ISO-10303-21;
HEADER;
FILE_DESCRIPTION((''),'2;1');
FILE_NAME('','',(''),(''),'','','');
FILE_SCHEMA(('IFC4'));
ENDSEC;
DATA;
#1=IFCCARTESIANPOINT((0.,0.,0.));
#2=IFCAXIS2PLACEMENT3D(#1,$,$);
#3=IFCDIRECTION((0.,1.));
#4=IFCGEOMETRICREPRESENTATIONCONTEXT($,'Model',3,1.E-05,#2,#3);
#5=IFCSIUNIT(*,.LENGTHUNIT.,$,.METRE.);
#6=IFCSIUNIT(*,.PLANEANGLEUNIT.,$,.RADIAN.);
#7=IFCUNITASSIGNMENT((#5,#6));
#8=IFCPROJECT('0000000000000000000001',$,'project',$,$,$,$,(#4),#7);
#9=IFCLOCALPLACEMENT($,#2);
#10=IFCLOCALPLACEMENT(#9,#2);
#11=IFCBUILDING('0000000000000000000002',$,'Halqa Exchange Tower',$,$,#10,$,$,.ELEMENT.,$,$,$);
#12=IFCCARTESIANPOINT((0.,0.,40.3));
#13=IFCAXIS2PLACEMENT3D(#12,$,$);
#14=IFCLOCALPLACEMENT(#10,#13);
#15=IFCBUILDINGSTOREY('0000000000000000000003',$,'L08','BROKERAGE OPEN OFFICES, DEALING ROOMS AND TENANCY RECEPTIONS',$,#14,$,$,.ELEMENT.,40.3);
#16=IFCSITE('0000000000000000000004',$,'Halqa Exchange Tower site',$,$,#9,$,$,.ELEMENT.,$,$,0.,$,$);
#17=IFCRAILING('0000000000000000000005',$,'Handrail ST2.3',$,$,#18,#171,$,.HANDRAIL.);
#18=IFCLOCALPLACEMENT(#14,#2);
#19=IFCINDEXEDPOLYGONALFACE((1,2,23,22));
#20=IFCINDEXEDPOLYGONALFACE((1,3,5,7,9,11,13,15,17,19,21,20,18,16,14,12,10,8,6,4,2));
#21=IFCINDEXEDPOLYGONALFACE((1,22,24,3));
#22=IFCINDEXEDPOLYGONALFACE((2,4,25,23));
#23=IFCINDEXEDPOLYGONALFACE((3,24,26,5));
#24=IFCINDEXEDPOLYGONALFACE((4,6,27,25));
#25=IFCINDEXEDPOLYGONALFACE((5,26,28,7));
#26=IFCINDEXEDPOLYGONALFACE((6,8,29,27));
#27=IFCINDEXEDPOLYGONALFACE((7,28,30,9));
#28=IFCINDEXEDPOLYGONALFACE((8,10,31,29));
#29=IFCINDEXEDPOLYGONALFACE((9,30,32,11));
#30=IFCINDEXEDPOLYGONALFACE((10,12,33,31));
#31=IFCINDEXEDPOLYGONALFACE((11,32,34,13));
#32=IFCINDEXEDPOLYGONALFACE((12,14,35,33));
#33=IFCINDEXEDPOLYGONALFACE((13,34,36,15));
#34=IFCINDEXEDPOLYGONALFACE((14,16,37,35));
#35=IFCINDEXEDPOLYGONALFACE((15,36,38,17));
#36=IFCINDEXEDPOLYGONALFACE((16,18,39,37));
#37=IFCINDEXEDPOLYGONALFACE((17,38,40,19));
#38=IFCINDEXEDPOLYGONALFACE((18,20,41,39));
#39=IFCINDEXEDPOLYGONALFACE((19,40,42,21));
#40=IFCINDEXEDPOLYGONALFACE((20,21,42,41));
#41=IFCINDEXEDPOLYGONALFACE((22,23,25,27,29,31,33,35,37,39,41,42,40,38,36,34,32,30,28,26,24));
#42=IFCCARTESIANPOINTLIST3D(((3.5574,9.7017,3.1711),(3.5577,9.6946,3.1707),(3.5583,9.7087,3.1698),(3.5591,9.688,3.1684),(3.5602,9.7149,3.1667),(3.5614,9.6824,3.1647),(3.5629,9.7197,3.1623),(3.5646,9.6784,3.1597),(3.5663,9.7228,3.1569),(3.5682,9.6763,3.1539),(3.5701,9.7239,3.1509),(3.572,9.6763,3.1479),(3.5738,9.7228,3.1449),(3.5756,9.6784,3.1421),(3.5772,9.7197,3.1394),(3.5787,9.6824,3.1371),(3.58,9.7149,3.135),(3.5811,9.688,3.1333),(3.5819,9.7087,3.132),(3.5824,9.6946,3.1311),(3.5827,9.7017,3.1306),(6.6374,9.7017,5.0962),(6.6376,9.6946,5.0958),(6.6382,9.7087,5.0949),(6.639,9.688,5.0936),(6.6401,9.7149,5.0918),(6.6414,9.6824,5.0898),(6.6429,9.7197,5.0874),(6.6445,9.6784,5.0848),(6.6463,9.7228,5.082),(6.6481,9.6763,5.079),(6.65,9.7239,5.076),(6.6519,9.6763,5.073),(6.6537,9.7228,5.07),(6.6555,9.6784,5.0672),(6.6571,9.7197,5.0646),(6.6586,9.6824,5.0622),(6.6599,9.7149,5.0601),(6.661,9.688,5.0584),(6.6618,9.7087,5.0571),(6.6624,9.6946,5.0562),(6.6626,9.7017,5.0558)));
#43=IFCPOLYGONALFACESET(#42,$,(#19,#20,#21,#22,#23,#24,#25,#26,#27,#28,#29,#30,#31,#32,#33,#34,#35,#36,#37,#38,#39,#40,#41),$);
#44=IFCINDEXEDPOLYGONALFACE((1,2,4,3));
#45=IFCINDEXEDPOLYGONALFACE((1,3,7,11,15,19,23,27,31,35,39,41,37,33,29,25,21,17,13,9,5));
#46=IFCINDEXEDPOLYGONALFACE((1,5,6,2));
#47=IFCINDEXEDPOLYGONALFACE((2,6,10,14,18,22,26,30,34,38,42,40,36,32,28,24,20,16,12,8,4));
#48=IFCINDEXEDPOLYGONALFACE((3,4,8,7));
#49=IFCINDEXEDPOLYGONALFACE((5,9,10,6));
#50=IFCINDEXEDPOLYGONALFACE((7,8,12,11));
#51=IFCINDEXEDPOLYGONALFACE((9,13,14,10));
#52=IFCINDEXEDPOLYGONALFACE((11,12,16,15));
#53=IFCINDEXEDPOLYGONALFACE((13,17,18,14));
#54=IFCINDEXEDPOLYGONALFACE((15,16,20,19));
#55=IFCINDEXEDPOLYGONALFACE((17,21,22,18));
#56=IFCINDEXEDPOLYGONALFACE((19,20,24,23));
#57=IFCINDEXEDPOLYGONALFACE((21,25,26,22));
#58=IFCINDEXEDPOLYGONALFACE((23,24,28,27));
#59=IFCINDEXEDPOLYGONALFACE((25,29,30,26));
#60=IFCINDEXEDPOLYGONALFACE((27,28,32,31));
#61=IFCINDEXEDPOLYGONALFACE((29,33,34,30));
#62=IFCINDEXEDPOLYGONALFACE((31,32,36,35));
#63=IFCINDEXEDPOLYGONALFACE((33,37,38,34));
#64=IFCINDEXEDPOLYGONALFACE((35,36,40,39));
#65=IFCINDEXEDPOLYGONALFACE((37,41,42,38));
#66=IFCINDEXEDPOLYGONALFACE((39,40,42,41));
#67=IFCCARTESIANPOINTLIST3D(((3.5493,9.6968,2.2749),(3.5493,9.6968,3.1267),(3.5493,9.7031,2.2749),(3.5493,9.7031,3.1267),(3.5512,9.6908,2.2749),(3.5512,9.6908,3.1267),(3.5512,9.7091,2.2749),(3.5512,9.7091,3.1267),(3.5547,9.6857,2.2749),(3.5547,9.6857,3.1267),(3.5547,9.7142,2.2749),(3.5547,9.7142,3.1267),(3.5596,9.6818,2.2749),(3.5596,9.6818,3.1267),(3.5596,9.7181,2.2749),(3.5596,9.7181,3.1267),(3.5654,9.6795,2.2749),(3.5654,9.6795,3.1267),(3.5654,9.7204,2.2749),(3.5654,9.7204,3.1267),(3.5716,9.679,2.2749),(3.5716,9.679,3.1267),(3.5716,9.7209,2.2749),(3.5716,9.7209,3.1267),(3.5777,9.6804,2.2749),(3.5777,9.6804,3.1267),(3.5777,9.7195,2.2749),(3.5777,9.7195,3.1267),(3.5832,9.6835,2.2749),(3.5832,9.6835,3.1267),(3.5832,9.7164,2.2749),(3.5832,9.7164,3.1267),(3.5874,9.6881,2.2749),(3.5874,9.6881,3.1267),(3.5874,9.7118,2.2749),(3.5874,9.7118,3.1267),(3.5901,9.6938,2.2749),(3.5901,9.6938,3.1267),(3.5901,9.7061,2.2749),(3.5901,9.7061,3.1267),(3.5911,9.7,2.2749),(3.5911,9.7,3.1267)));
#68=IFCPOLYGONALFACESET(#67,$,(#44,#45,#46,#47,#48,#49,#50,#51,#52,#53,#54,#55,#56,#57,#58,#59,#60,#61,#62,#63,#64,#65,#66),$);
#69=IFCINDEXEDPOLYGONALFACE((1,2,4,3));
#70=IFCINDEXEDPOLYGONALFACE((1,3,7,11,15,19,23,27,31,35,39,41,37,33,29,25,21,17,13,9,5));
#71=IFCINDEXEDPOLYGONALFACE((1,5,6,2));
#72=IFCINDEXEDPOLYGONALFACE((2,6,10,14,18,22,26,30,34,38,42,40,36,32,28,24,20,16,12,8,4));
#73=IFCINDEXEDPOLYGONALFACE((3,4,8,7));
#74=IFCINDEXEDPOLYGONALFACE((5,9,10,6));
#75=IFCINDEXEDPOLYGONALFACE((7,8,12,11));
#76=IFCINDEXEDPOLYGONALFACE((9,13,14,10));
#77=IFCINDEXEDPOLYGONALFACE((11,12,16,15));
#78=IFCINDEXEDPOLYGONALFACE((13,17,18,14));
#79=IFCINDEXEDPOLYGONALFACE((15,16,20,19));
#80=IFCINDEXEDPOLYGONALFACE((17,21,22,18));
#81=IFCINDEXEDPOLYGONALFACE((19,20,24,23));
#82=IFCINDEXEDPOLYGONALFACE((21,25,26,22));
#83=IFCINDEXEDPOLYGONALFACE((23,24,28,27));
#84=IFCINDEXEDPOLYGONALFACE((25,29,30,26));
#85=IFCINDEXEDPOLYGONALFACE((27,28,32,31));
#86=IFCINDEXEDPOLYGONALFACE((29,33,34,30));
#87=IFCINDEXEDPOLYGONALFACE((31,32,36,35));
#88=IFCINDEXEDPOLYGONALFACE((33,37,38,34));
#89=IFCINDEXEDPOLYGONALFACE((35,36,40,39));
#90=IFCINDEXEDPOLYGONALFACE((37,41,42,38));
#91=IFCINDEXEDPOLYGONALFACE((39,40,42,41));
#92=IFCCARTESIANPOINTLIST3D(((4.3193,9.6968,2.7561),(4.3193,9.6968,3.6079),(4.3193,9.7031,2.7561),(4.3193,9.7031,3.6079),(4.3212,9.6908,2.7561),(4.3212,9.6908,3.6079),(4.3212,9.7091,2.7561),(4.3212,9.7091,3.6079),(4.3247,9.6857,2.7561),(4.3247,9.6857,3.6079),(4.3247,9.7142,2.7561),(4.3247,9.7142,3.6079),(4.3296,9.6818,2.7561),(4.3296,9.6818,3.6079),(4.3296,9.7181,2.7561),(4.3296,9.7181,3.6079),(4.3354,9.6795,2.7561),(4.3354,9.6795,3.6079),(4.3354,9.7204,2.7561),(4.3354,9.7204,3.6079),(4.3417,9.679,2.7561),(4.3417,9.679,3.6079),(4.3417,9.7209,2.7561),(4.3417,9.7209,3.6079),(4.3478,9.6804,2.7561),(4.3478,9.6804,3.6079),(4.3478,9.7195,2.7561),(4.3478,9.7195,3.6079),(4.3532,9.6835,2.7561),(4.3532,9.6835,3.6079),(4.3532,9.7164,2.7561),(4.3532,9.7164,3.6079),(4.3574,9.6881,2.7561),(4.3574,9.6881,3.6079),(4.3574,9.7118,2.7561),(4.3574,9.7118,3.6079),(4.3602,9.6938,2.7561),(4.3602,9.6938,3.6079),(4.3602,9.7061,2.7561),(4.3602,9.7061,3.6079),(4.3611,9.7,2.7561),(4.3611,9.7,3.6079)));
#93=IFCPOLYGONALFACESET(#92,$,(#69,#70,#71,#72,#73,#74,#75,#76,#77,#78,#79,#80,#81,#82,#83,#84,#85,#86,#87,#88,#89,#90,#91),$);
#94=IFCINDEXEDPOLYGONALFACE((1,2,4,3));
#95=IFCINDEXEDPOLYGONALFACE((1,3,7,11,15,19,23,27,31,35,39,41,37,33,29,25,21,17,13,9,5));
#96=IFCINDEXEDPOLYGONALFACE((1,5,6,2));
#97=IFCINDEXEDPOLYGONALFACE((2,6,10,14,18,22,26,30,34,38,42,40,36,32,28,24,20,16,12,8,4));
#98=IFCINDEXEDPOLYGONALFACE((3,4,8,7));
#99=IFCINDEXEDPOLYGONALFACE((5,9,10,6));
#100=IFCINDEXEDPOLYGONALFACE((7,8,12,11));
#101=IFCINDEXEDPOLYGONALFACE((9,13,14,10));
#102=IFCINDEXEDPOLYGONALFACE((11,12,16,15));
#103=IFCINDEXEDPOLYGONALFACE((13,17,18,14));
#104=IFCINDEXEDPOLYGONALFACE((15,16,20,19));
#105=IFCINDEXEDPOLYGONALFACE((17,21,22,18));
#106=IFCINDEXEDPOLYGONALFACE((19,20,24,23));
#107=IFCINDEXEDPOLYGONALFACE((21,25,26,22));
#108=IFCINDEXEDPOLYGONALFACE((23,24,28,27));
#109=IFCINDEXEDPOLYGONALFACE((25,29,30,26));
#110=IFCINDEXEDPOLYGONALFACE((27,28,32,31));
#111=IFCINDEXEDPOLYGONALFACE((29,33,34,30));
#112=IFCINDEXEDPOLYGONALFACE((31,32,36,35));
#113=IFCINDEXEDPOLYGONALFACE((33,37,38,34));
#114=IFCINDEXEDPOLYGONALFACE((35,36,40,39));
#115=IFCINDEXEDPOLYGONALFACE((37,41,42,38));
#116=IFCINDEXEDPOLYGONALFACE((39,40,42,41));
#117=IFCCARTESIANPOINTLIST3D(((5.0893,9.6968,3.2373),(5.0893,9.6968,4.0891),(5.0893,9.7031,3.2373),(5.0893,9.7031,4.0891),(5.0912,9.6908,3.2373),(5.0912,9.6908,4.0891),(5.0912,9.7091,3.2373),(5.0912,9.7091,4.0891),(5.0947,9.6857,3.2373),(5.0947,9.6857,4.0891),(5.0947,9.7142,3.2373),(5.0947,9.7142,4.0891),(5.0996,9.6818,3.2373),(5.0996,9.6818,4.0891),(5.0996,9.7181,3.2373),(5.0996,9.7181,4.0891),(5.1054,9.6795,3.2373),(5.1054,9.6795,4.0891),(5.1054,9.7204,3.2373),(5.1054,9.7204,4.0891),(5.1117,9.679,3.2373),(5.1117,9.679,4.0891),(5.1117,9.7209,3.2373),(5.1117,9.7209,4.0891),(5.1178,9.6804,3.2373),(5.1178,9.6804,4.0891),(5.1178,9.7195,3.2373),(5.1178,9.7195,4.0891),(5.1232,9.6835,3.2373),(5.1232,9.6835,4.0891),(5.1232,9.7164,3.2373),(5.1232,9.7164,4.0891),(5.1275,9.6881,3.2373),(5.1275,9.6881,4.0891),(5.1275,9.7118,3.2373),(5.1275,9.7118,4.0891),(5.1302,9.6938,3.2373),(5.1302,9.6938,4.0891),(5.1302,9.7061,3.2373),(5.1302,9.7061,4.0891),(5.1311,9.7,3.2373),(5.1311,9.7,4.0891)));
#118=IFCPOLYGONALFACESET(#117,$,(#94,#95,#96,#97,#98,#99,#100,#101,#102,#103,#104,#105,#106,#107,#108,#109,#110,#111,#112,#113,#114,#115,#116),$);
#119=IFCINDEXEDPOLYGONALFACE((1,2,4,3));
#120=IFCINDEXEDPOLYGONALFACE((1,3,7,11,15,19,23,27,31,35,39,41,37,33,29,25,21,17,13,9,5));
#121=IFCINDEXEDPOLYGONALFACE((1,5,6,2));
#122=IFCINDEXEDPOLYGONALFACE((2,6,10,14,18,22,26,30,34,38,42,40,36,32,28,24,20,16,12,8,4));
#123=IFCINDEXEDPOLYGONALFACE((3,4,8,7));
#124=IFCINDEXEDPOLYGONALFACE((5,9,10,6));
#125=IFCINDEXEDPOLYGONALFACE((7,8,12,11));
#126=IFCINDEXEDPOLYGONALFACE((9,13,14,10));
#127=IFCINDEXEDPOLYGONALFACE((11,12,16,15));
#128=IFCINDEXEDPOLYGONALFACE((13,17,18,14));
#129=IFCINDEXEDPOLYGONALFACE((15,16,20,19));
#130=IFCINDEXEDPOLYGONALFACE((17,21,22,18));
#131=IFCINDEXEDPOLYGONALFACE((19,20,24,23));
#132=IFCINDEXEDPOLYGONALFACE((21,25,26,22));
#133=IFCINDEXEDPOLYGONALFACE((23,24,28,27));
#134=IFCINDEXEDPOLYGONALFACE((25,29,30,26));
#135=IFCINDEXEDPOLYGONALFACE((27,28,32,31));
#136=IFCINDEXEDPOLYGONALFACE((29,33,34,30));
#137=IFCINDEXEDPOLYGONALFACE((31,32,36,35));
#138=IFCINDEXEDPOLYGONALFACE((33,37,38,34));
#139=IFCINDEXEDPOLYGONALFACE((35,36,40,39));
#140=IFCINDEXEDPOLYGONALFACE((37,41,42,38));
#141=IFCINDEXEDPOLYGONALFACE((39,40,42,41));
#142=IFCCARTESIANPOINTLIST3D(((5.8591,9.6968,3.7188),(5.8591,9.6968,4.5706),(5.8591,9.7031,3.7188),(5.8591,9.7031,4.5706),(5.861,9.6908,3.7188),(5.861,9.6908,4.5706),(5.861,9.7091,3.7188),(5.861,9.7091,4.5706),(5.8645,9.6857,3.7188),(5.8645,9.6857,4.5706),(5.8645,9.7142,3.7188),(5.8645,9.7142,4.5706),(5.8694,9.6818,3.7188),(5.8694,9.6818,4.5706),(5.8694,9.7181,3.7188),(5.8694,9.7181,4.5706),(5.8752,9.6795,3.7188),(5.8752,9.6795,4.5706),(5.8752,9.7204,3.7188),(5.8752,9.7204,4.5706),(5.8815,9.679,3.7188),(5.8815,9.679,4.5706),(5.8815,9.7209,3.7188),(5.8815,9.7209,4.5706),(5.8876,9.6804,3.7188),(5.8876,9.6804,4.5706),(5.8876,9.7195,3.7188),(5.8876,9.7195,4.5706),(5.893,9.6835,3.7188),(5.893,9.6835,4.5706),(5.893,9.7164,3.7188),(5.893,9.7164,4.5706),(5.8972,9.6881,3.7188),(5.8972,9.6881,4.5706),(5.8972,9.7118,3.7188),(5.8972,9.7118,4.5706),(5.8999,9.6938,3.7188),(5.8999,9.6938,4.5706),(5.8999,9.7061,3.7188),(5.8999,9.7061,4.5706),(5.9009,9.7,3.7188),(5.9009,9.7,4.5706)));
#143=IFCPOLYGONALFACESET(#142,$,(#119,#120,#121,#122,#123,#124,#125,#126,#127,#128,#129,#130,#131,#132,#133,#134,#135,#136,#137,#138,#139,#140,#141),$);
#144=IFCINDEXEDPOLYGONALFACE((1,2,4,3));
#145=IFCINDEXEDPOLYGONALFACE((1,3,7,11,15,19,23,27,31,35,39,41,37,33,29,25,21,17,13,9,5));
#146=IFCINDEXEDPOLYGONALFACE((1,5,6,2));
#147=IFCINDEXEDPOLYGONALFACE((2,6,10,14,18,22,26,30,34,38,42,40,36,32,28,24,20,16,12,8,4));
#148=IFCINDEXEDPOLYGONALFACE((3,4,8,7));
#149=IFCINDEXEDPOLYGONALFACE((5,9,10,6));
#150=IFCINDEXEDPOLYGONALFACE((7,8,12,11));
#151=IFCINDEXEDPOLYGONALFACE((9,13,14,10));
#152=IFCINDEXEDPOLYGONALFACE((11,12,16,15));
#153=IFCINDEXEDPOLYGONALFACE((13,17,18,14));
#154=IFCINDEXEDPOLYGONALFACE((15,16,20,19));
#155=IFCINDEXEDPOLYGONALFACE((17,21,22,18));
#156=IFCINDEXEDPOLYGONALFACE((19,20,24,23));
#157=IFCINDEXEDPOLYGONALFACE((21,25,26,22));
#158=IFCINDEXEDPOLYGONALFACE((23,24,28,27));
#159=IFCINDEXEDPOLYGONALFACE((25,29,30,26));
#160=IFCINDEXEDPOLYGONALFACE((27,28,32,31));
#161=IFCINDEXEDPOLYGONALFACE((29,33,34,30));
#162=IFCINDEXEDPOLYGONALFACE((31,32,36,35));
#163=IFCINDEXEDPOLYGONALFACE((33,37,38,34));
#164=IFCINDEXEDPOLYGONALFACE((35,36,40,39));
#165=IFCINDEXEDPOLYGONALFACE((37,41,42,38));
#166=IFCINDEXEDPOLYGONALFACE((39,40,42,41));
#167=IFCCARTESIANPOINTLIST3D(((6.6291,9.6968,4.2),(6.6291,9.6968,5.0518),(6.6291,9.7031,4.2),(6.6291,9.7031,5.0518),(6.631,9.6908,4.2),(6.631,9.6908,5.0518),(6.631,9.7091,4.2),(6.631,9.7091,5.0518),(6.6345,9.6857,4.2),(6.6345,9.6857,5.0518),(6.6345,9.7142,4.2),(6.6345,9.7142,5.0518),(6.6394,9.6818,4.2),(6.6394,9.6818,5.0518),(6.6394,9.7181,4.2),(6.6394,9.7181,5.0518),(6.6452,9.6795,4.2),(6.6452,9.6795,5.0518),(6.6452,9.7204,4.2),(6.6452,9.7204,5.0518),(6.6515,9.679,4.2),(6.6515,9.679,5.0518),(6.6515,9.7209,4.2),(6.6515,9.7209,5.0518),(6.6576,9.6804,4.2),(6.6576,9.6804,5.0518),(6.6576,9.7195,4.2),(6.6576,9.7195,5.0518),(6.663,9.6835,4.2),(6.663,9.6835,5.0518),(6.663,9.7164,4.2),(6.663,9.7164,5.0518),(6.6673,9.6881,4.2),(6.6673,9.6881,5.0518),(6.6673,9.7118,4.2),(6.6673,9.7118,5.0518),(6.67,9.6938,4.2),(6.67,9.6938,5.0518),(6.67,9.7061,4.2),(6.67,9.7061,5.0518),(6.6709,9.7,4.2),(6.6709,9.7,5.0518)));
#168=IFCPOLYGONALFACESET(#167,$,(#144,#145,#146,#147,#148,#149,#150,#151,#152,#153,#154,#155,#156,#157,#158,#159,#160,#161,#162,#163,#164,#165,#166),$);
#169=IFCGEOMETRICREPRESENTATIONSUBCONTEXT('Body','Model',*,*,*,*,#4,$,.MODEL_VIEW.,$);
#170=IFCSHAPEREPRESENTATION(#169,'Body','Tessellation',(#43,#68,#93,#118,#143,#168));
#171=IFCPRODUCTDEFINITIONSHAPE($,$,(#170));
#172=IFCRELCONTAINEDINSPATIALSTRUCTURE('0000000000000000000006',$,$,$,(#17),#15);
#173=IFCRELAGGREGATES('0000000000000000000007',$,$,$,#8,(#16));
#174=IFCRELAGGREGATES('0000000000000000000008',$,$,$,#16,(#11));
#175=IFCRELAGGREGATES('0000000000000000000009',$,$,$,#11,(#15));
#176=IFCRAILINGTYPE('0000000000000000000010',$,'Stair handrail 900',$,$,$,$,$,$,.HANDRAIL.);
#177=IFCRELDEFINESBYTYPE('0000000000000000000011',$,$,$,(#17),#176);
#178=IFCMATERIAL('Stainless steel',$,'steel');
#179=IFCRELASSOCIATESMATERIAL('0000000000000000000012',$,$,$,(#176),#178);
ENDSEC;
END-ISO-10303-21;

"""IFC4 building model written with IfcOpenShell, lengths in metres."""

from ifc_helpers import new_model, si_unit, direction, frame, origin, origin_2d, place, context, subcontext, project, spatial, circle, extrude, material, type_object, element, save


model = new_model("IFC4")

# Units and contexts
model_context = context("Model", 3, precision=1e-05, world=origin(), true_north=direction((0.0, 1.0)))
body_context = subcontext(model_context, "Body", "Model", "MODEL_VIEW")
ifc_project = project(units=[si_unit("LENGTHUNIT", "METRE"), si_unit("PLANEANGLEUNIT", "RADIAN")], contexts=[model_context])

# Site, building, storey
site_placement = place(None, origin())
site = spatial("IfcSite", under=ifc_project, at=site_placement, Name="Halqa Exchange Tower site", CompositionType="ELEMENT", RefElevation=0.0)
building_placement = place(site_placement, origin())
building = spatial("IfcBuilding", under=site, at=building_placement, Name="Halqa Exchange Tower", CompositionType="ELEMENT")
storey_placement = place(building_placement, frame((0.0, 0.0, 40.3)))
storey = spatial("IfcBuildingStorey", under=building, at=storey_placement, Name="L08", Description="BROKERAGE OPEN OFFICES, DEALING ROOMS AND TENANCY RECEPTIONS", CompositionType="ELEMENT", Elevation=40.3)

# Railing
ifc_material_1 = material(Name="Stainless steel", Category="steel")
railing_type_1 = type_object("IfcRailingType", Name="Stair handrail 900", PredefinedType="HANDRAIL", material=ifc_material_1)
railing_1_placement = place(storey_placement, frame((3.5701, 9.7, 2.2749)))
element("IfcRailing", 1, at=railing_1_placement, inside=storey, type_object=railing_type_1, Name="Handrail ST2.3", PredefinedType="HANDRAIL", context=body_context, shape_type="SweptSolid", body=[
    extrude(circle(Radius=0.0239, at=origin_2d()), frame((0.0, 0.0, 0.876), z_axis=(0.847979, 0.0, 0.530029), x_axis=(0.0, 1.0, 0.0)), (0.0, 0.0, 1.0), 3.6321),
    extrude(circle(Radius=0.021, at=origin_2d()), origin(), (0.0, 0.0, 1.0), 0.8518),
    extrude(circle(Radius=0.021, at=origin_2d()), frame((0.77, 0.0, 0.4812)), (0.0, 0.0, 1.0), 0.8518),
    extrude(circle(Radius=0.021, at=origin_2d()), frame((1.54, 0.0, 0.9624)), (0.0, 0.0, 1.0), 0.8518),
    extrude(circle(Radius=0.021, at=origin_2d()), frame((2.3098, 0.0, 1.4438)), (0.0, 0.0, 1.0), 0.8518),
    extrude(circle(Radius=0.021, at=origin_2d()), frame((3.0798, 0.0, 1.925)), (0.0, 0.0, 1.0), 0.8518),
])

save(model, "model.ifc")
